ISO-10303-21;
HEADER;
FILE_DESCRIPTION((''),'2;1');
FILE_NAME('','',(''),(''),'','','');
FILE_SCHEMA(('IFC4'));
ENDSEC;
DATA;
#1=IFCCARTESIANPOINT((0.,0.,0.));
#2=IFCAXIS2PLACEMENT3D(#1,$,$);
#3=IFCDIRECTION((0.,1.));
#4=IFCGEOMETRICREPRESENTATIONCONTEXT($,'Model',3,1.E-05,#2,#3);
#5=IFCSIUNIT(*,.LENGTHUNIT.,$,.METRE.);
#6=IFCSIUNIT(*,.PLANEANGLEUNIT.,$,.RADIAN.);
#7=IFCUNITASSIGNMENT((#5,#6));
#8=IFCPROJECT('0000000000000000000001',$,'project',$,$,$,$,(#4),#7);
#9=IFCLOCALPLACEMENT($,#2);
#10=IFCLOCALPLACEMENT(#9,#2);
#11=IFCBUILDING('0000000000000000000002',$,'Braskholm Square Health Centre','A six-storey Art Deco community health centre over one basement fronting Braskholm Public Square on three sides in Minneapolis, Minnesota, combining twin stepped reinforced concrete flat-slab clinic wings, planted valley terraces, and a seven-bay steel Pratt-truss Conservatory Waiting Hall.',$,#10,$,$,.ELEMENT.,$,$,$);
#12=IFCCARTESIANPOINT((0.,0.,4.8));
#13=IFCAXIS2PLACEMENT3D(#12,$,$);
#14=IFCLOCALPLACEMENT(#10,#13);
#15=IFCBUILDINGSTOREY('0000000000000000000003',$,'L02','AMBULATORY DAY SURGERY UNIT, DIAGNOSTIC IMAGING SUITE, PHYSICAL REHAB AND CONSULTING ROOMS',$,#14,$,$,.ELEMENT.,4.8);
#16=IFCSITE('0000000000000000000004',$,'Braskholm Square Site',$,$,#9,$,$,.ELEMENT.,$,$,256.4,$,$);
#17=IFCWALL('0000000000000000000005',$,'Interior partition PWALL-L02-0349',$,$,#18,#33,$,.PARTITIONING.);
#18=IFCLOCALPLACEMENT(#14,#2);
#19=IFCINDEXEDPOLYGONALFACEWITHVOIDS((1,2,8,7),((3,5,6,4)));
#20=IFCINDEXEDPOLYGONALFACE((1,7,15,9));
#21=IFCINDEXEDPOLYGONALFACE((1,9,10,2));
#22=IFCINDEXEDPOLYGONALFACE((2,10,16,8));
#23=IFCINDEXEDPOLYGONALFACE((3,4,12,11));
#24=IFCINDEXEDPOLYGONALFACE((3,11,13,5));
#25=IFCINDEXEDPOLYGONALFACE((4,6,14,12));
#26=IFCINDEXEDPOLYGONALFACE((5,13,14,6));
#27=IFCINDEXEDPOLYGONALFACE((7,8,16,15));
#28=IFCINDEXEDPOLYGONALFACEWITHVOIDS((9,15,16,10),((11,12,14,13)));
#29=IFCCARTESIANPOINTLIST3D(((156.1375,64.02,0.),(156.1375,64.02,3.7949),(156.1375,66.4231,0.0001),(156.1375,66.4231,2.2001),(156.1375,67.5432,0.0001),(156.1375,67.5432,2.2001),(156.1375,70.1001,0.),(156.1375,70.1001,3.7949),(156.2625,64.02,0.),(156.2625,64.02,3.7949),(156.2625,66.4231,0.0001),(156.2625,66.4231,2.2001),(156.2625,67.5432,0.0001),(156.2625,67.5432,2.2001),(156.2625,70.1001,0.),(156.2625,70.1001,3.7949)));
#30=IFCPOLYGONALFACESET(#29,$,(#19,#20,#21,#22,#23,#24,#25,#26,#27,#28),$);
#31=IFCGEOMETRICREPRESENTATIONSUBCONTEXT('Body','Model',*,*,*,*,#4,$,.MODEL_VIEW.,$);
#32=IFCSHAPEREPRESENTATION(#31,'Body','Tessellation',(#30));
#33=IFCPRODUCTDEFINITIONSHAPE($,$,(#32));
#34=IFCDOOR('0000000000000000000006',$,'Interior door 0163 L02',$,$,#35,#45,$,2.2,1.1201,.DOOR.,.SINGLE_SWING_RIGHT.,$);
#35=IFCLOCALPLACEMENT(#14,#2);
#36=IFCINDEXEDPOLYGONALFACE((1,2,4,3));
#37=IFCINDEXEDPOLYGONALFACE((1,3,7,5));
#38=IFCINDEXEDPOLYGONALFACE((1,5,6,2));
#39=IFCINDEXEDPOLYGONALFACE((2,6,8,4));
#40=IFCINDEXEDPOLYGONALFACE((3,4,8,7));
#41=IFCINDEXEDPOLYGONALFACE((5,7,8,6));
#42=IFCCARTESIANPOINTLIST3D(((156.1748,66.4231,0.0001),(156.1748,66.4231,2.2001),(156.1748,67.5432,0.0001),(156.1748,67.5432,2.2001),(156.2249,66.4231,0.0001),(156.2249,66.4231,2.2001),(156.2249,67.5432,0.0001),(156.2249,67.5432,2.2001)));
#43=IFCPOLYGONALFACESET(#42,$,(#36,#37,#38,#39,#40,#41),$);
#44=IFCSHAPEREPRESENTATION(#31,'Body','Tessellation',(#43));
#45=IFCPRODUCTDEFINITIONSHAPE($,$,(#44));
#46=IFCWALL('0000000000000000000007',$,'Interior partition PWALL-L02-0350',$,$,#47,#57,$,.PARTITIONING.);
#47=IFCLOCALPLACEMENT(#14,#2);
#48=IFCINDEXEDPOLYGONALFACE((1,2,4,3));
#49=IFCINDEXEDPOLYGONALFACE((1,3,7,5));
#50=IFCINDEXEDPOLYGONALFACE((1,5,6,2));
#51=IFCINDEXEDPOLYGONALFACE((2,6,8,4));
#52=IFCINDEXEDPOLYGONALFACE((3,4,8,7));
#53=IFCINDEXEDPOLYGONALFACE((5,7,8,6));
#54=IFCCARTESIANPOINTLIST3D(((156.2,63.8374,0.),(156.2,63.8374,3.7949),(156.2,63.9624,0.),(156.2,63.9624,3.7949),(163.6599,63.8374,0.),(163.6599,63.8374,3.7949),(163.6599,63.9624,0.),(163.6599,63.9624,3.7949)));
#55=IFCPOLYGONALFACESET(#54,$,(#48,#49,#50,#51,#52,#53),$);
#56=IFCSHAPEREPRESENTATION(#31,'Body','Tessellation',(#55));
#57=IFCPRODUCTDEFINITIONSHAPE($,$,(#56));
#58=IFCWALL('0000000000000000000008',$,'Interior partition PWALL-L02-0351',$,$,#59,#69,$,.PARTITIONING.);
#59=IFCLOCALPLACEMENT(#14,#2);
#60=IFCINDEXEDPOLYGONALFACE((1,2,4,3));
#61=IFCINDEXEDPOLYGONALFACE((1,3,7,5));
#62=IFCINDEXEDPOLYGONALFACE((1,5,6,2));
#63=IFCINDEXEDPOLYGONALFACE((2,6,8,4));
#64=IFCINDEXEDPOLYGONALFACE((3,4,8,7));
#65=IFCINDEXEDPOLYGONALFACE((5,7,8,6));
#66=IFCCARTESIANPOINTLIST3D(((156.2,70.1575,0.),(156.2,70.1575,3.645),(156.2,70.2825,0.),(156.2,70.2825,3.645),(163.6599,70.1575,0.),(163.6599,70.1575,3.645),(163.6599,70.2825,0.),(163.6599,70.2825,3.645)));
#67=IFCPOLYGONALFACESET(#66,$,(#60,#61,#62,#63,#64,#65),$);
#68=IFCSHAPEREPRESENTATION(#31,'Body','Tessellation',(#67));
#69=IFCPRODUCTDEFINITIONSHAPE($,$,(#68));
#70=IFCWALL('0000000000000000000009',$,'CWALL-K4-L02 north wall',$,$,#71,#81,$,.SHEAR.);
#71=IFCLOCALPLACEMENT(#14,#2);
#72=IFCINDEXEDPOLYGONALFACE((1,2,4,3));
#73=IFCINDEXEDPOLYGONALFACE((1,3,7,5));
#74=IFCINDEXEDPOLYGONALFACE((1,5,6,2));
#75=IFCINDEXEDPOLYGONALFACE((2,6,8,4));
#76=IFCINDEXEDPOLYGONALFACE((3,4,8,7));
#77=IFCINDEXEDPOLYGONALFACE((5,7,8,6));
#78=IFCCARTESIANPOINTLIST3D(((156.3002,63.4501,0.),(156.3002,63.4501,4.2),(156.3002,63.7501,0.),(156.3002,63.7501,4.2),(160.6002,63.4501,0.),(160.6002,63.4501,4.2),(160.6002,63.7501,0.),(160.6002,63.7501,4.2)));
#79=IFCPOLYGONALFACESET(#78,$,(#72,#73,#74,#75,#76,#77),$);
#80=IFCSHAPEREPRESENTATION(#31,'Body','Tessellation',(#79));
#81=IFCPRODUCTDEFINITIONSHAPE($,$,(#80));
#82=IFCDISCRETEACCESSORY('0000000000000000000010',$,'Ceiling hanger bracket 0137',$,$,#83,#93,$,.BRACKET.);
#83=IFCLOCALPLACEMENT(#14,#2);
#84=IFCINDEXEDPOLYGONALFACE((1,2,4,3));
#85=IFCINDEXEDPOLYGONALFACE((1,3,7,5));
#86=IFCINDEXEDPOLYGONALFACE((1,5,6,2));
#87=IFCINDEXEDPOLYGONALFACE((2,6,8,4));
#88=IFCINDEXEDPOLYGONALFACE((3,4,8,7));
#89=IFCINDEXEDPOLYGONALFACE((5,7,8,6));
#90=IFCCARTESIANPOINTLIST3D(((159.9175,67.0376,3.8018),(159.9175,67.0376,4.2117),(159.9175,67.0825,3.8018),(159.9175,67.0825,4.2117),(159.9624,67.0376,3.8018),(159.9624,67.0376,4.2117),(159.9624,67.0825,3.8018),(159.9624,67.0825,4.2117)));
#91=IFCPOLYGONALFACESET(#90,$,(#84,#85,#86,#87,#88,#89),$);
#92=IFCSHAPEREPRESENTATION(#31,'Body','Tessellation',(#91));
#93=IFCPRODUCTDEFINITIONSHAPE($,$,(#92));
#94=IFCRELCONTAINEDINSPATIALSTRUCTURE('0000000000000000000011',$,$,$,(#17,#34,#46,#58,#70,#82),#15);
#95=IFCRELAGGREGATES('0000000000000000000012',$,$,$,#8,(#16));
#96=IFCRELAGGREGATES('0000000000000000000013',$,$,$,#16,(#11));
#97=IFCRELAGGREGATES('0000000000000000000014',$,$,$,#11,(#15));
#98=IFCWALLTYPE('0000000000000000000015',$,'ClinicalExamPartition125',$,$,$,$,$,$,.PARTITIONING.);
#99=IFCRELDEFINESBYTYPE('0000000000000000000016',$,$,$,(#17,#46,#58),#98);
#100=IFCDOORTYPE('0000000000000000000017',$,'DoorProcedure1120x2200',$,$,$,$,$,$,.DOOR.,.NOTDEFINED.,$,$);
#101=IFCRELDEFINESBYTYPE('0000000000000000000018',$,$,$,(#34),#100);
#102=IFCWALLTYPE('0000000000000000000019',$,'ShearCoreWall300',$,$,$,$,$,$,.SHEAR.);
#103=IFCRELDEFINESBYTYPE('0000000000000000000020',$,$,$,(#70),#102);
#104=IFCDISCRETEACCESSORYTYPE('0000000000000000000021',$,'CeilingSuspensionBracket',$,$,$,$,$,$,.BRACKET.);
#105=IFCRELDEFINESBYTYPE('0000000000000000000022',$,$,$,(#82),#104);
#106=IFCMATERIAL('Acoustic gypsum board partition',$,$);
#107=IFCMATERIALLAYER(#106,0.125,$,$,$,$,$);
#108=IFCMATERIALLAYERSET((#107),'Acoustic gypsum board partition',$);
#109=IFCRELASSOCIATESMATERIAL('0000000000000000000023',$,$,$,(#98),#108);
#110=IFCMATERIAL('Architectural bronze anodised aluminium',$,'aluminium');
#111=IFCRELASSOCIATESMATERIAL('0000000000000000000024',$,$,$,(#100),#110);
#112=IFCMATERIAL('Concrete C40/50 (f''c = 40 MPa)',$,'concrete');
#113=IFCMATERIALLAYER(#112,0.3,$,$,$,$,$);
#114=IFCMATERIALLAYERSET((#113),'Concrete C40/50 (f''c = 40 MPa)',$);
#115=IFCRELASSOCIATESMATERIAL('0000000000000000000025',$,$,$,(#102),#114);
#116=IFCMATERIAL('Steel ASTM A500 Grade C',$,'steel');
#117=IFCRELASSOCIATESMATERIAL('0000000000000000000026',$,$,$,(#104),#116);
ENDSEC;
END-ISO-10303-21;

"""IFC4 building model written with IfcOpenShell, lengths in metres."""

from ifc_helpers import new_model, si_unit, direction, frame, frame_2d, origin, origin_2d, place, context, subcontext, project, spatial, rectangle, extrude, material, layer, layer_set, type_object, element, fill, save


model = new_model("IFC4")

# Units and contexts
model_context = context("Model", 3, precision=1e-05, world=origin(), true_north=direction((0.0, 1.0)))
body_context = subcontext(model_context, "Body", "Model", "MODEL_VIEW")
ifc_project = project(units=[si_unit("LENGTHUNIT", "METRE"), si_unit("PLANEANGLEUNIT", "RADIAN")], contexts=[model_context])

# Site, building, storey
site_placement = place(None, origin())
site = spatial("IfcSite", under=ifc_project, at=site_placement, Name="Braskholm Square Site", CompositionType="ELEMENT", RefElevation=256.4)
building_placement = place(site_placement, origin())
building = spatial("IfcBuilding", under=site, at=building_placement, Name="Braskholm Square Health Centre", Description="A six-storey Art Deco community health centre over one basement fronting Braskholm Public Square on three sides in Minneapolis, Minnesota, combining twin stepped reinforced concrete flat-slab clinic wings, planted valley terraces, and a seven-bay steel Pratt-truss Conservatory Waiting Hall.", CompositionType="ELEMENT")
storey_placement = place(building_placement, frame((0.0, 0.0, 4.8)))
storey = spatial("IfcBuildingStorey", under=building, at=storey_placement, Name="L02", Description="AMBULATORY DAY SURGERY UNIT, DIAGNOSTIC IMAGING SUITE, PHYSICAL REHAB AND CONSULTING ROOMS", CompositionType="ELEMENT", Elevation=4.8)

# Shared definitions
ifc_material_1 = material(Name="Architectural bronze anodised aluminium", Category="aluminium")

# Wall, opening, door
ifc_material_2 = material(Name="Acoustic gypsum board partition")
ifc_layer_1 = layer(ifc_material_2, 0.125)
ifc_layer_set_1 = layer_set([ifc_layer_1], Name="Acoustic gypsum board partition")
wall_type_1 = type_object("IfcWallType", Name="ClinicalExamPartition125", PredefinedType="PARTITIONING", material=ifc_layer_set_1)
wall_1_placement = place(storey_placement, frame((156.2, 64.02, 0.0), z_axis=(0.0, 0.0, 1.0), x_axis=(0.0, 1.0, 0.0)))
wall_1 = element("IfcWall", 1, at=wall_1_placement, inside=storey, type_object=wall_type_1, Name="Interior partition PWALL-L02-0349", PredefinedType="PARTITIONING", context=body_context, shape_type="SweptSolid", body=[
    extrude(rectangle(XDim=6.0801, YDim=0.125, at=frame_2d((3.04, 0.0))), origin(), (0.0, 0.0, 1.0), 3.7949),
])
opening_1_placement = place(wall_1_placement, frame((2.4031, 0.0, 0.0)))
opening_1 = element("IfcOpeningElement", 2, at=opening_1_placement, cuts=wall_1, PredefinedType="OPENING", context=body_context, shape_type="SweptSolid", body=[
    extrude(rectangle(XDim=1.1201, YDim=2.2, at=frame_2d((0.5601, 1.1001))), frame((0.0, 0.0725, 0.0), z_axis=(0.0, -1.0, 0.0), x_axis=(1.0, 0.0, 0.0)), (0.0, 0.0, 1.0), 0.145),
])
door_type_1 = type_object("IfcDoorType", Name="DoorProcedure1120x2200", OperationType="NOTDEFINED", PredefinedType="DOOR", material=ifc_material_1)
door_1_placement = place(opening_1_placement, frame((1.1201, 0.0, 0.0), z_axis=(0.0, 0.0, 1.0), x_axis=(-1.0, 0.0, 0.0)))
door_1 = element("IfcDoor", 3, at=door_1_placement, inside=storey, type_object=door_type_1, Name="Interior door 0163 L02", OperationType="SINGLE_SWING_RIGHT", OverallHeight=2.2, OverallWidth=1.1201, PredefinedType="DOOR", context=body_context, shape_type="SweptSolid", body=[
    extrude(rectangle(XDim=1.1201, YDim=2.2, at=frame_2d((0.5601, 1.1001))), frame((0.0, 0.0249, 0.0), z_axis=(0.0, -1.0, 0.0), x_axis=(1.0, 0.0, 0.0)), (0.0, 0.0, 1.0), 0.05),
])
fill(opening_1, door_1)

# Walls
wall_2_placement = place(storey_placement, frame((156.2, 63.8999, 0.0), z_axis=(0.0, 0.0, 1.0), x_axis=(1.0, 0.0, 0.0)))
element("IfcWall", 4, at=wall_2_placement, inside=storey, type_object=wall_type_1, Name="Interior partition PWALL-L02-0350", PredefinedType="PARTITIONING", context=body_context, shape_type="SweptSolid", body=[
    extrude(rectangle(XDim=7.46, YDim=0.125, at=frame_2d((3.73, 0.0))), origin(), (0.0, 0.0, 1.0), 3.7949),
])
wall_3_placement = place(storey_placement, frame((156.2, 70.22, 0.0), z_axis=(0.0, 0.0, 1.0), x_axis=(1.0, 0.0, 0.0)))
element("IfcWall", 5, at=wall_3_placement, inside=storey, type_object=wall_type_1, Name="Interior partition PWALL-L02-0351", PredefinedType="PARTITIONING", context=body_context, shape_type="SweptSolid", body=[
    extrude(rectangle(XDim=7.46, YDim=0.125, at=frame_2d((3.73, 0.0))), origin(), (0.0, 0.0, 1.0), 3.645),
])
ifc_material_3 = material(Name="Concrete C40/50 (f'c = 40 MPa)", Category="concrete")
ifc_layer_2 = layer(ifc_material_3, 0.3)
ifc_layer_set_2 = layer_set([ifc_layer_2], Name="Concrete C40/50 (f'c = 40 MPa)")
wall_type_2 = type_object("IfcWallType", Name="ShearCoreWall300", PredefinedType="SHEAR", material=ifc_layer_set_2)
wall_4_placement = place(storey_placement, frame((160.6001, 63.6001, 0.0), z_axis=(0.0, 0.0, 1.0), x_axis=(-1.0, 0.0, 0.0)))
element("IfcWall", 6, at=wall_4_placement, inside=storey, type_object=wall_type_2, Name="CWALL-K4-L02 north wall", PredefinedType="SHEAR", context=body_context, shape_type="SweptSolid", body=[
    extrude(rectangle(XDim=4.3, YDim=0.3, at=frame_2d((2.1499, 0.0))), origin(), (0.0, 0.0, 1.0), 4.2),
])

# Discrete accessory
ifc_material_4 = material(Name="Steel ASTM A500 Grade C", Category="steel")
discrete_accessory_type = type_object("IfcDiscreteAccessoryType", Name="CeilingSuspensionBracket", PredefinedType="BRACKET", material=ifc_material_4)
discrete_accessory_placement = place(storey_placement, frame((159.9399, 67.0601, 3.8018), z_axis=(0.0, 0.0, 1.0), x_axis=(1.0, 0.0, 0.0)))
element("IfcDiscreteAccessory", 7, at=discrete_accessory_placement, inside=storey, type_object=discrete_accessory_type, Name="Ceiling hanger bracket 0137", PredefinedType="BRACKET", context=body_context, shape_type="SweptSolid", body=[
    extrude(rectangle(XDim=0.0449, YDim=0.0449, at=origin_2d()), origin(), (0.0, 0.0, 1.0), 0.4099),
])

save(model, "model.ifc")
